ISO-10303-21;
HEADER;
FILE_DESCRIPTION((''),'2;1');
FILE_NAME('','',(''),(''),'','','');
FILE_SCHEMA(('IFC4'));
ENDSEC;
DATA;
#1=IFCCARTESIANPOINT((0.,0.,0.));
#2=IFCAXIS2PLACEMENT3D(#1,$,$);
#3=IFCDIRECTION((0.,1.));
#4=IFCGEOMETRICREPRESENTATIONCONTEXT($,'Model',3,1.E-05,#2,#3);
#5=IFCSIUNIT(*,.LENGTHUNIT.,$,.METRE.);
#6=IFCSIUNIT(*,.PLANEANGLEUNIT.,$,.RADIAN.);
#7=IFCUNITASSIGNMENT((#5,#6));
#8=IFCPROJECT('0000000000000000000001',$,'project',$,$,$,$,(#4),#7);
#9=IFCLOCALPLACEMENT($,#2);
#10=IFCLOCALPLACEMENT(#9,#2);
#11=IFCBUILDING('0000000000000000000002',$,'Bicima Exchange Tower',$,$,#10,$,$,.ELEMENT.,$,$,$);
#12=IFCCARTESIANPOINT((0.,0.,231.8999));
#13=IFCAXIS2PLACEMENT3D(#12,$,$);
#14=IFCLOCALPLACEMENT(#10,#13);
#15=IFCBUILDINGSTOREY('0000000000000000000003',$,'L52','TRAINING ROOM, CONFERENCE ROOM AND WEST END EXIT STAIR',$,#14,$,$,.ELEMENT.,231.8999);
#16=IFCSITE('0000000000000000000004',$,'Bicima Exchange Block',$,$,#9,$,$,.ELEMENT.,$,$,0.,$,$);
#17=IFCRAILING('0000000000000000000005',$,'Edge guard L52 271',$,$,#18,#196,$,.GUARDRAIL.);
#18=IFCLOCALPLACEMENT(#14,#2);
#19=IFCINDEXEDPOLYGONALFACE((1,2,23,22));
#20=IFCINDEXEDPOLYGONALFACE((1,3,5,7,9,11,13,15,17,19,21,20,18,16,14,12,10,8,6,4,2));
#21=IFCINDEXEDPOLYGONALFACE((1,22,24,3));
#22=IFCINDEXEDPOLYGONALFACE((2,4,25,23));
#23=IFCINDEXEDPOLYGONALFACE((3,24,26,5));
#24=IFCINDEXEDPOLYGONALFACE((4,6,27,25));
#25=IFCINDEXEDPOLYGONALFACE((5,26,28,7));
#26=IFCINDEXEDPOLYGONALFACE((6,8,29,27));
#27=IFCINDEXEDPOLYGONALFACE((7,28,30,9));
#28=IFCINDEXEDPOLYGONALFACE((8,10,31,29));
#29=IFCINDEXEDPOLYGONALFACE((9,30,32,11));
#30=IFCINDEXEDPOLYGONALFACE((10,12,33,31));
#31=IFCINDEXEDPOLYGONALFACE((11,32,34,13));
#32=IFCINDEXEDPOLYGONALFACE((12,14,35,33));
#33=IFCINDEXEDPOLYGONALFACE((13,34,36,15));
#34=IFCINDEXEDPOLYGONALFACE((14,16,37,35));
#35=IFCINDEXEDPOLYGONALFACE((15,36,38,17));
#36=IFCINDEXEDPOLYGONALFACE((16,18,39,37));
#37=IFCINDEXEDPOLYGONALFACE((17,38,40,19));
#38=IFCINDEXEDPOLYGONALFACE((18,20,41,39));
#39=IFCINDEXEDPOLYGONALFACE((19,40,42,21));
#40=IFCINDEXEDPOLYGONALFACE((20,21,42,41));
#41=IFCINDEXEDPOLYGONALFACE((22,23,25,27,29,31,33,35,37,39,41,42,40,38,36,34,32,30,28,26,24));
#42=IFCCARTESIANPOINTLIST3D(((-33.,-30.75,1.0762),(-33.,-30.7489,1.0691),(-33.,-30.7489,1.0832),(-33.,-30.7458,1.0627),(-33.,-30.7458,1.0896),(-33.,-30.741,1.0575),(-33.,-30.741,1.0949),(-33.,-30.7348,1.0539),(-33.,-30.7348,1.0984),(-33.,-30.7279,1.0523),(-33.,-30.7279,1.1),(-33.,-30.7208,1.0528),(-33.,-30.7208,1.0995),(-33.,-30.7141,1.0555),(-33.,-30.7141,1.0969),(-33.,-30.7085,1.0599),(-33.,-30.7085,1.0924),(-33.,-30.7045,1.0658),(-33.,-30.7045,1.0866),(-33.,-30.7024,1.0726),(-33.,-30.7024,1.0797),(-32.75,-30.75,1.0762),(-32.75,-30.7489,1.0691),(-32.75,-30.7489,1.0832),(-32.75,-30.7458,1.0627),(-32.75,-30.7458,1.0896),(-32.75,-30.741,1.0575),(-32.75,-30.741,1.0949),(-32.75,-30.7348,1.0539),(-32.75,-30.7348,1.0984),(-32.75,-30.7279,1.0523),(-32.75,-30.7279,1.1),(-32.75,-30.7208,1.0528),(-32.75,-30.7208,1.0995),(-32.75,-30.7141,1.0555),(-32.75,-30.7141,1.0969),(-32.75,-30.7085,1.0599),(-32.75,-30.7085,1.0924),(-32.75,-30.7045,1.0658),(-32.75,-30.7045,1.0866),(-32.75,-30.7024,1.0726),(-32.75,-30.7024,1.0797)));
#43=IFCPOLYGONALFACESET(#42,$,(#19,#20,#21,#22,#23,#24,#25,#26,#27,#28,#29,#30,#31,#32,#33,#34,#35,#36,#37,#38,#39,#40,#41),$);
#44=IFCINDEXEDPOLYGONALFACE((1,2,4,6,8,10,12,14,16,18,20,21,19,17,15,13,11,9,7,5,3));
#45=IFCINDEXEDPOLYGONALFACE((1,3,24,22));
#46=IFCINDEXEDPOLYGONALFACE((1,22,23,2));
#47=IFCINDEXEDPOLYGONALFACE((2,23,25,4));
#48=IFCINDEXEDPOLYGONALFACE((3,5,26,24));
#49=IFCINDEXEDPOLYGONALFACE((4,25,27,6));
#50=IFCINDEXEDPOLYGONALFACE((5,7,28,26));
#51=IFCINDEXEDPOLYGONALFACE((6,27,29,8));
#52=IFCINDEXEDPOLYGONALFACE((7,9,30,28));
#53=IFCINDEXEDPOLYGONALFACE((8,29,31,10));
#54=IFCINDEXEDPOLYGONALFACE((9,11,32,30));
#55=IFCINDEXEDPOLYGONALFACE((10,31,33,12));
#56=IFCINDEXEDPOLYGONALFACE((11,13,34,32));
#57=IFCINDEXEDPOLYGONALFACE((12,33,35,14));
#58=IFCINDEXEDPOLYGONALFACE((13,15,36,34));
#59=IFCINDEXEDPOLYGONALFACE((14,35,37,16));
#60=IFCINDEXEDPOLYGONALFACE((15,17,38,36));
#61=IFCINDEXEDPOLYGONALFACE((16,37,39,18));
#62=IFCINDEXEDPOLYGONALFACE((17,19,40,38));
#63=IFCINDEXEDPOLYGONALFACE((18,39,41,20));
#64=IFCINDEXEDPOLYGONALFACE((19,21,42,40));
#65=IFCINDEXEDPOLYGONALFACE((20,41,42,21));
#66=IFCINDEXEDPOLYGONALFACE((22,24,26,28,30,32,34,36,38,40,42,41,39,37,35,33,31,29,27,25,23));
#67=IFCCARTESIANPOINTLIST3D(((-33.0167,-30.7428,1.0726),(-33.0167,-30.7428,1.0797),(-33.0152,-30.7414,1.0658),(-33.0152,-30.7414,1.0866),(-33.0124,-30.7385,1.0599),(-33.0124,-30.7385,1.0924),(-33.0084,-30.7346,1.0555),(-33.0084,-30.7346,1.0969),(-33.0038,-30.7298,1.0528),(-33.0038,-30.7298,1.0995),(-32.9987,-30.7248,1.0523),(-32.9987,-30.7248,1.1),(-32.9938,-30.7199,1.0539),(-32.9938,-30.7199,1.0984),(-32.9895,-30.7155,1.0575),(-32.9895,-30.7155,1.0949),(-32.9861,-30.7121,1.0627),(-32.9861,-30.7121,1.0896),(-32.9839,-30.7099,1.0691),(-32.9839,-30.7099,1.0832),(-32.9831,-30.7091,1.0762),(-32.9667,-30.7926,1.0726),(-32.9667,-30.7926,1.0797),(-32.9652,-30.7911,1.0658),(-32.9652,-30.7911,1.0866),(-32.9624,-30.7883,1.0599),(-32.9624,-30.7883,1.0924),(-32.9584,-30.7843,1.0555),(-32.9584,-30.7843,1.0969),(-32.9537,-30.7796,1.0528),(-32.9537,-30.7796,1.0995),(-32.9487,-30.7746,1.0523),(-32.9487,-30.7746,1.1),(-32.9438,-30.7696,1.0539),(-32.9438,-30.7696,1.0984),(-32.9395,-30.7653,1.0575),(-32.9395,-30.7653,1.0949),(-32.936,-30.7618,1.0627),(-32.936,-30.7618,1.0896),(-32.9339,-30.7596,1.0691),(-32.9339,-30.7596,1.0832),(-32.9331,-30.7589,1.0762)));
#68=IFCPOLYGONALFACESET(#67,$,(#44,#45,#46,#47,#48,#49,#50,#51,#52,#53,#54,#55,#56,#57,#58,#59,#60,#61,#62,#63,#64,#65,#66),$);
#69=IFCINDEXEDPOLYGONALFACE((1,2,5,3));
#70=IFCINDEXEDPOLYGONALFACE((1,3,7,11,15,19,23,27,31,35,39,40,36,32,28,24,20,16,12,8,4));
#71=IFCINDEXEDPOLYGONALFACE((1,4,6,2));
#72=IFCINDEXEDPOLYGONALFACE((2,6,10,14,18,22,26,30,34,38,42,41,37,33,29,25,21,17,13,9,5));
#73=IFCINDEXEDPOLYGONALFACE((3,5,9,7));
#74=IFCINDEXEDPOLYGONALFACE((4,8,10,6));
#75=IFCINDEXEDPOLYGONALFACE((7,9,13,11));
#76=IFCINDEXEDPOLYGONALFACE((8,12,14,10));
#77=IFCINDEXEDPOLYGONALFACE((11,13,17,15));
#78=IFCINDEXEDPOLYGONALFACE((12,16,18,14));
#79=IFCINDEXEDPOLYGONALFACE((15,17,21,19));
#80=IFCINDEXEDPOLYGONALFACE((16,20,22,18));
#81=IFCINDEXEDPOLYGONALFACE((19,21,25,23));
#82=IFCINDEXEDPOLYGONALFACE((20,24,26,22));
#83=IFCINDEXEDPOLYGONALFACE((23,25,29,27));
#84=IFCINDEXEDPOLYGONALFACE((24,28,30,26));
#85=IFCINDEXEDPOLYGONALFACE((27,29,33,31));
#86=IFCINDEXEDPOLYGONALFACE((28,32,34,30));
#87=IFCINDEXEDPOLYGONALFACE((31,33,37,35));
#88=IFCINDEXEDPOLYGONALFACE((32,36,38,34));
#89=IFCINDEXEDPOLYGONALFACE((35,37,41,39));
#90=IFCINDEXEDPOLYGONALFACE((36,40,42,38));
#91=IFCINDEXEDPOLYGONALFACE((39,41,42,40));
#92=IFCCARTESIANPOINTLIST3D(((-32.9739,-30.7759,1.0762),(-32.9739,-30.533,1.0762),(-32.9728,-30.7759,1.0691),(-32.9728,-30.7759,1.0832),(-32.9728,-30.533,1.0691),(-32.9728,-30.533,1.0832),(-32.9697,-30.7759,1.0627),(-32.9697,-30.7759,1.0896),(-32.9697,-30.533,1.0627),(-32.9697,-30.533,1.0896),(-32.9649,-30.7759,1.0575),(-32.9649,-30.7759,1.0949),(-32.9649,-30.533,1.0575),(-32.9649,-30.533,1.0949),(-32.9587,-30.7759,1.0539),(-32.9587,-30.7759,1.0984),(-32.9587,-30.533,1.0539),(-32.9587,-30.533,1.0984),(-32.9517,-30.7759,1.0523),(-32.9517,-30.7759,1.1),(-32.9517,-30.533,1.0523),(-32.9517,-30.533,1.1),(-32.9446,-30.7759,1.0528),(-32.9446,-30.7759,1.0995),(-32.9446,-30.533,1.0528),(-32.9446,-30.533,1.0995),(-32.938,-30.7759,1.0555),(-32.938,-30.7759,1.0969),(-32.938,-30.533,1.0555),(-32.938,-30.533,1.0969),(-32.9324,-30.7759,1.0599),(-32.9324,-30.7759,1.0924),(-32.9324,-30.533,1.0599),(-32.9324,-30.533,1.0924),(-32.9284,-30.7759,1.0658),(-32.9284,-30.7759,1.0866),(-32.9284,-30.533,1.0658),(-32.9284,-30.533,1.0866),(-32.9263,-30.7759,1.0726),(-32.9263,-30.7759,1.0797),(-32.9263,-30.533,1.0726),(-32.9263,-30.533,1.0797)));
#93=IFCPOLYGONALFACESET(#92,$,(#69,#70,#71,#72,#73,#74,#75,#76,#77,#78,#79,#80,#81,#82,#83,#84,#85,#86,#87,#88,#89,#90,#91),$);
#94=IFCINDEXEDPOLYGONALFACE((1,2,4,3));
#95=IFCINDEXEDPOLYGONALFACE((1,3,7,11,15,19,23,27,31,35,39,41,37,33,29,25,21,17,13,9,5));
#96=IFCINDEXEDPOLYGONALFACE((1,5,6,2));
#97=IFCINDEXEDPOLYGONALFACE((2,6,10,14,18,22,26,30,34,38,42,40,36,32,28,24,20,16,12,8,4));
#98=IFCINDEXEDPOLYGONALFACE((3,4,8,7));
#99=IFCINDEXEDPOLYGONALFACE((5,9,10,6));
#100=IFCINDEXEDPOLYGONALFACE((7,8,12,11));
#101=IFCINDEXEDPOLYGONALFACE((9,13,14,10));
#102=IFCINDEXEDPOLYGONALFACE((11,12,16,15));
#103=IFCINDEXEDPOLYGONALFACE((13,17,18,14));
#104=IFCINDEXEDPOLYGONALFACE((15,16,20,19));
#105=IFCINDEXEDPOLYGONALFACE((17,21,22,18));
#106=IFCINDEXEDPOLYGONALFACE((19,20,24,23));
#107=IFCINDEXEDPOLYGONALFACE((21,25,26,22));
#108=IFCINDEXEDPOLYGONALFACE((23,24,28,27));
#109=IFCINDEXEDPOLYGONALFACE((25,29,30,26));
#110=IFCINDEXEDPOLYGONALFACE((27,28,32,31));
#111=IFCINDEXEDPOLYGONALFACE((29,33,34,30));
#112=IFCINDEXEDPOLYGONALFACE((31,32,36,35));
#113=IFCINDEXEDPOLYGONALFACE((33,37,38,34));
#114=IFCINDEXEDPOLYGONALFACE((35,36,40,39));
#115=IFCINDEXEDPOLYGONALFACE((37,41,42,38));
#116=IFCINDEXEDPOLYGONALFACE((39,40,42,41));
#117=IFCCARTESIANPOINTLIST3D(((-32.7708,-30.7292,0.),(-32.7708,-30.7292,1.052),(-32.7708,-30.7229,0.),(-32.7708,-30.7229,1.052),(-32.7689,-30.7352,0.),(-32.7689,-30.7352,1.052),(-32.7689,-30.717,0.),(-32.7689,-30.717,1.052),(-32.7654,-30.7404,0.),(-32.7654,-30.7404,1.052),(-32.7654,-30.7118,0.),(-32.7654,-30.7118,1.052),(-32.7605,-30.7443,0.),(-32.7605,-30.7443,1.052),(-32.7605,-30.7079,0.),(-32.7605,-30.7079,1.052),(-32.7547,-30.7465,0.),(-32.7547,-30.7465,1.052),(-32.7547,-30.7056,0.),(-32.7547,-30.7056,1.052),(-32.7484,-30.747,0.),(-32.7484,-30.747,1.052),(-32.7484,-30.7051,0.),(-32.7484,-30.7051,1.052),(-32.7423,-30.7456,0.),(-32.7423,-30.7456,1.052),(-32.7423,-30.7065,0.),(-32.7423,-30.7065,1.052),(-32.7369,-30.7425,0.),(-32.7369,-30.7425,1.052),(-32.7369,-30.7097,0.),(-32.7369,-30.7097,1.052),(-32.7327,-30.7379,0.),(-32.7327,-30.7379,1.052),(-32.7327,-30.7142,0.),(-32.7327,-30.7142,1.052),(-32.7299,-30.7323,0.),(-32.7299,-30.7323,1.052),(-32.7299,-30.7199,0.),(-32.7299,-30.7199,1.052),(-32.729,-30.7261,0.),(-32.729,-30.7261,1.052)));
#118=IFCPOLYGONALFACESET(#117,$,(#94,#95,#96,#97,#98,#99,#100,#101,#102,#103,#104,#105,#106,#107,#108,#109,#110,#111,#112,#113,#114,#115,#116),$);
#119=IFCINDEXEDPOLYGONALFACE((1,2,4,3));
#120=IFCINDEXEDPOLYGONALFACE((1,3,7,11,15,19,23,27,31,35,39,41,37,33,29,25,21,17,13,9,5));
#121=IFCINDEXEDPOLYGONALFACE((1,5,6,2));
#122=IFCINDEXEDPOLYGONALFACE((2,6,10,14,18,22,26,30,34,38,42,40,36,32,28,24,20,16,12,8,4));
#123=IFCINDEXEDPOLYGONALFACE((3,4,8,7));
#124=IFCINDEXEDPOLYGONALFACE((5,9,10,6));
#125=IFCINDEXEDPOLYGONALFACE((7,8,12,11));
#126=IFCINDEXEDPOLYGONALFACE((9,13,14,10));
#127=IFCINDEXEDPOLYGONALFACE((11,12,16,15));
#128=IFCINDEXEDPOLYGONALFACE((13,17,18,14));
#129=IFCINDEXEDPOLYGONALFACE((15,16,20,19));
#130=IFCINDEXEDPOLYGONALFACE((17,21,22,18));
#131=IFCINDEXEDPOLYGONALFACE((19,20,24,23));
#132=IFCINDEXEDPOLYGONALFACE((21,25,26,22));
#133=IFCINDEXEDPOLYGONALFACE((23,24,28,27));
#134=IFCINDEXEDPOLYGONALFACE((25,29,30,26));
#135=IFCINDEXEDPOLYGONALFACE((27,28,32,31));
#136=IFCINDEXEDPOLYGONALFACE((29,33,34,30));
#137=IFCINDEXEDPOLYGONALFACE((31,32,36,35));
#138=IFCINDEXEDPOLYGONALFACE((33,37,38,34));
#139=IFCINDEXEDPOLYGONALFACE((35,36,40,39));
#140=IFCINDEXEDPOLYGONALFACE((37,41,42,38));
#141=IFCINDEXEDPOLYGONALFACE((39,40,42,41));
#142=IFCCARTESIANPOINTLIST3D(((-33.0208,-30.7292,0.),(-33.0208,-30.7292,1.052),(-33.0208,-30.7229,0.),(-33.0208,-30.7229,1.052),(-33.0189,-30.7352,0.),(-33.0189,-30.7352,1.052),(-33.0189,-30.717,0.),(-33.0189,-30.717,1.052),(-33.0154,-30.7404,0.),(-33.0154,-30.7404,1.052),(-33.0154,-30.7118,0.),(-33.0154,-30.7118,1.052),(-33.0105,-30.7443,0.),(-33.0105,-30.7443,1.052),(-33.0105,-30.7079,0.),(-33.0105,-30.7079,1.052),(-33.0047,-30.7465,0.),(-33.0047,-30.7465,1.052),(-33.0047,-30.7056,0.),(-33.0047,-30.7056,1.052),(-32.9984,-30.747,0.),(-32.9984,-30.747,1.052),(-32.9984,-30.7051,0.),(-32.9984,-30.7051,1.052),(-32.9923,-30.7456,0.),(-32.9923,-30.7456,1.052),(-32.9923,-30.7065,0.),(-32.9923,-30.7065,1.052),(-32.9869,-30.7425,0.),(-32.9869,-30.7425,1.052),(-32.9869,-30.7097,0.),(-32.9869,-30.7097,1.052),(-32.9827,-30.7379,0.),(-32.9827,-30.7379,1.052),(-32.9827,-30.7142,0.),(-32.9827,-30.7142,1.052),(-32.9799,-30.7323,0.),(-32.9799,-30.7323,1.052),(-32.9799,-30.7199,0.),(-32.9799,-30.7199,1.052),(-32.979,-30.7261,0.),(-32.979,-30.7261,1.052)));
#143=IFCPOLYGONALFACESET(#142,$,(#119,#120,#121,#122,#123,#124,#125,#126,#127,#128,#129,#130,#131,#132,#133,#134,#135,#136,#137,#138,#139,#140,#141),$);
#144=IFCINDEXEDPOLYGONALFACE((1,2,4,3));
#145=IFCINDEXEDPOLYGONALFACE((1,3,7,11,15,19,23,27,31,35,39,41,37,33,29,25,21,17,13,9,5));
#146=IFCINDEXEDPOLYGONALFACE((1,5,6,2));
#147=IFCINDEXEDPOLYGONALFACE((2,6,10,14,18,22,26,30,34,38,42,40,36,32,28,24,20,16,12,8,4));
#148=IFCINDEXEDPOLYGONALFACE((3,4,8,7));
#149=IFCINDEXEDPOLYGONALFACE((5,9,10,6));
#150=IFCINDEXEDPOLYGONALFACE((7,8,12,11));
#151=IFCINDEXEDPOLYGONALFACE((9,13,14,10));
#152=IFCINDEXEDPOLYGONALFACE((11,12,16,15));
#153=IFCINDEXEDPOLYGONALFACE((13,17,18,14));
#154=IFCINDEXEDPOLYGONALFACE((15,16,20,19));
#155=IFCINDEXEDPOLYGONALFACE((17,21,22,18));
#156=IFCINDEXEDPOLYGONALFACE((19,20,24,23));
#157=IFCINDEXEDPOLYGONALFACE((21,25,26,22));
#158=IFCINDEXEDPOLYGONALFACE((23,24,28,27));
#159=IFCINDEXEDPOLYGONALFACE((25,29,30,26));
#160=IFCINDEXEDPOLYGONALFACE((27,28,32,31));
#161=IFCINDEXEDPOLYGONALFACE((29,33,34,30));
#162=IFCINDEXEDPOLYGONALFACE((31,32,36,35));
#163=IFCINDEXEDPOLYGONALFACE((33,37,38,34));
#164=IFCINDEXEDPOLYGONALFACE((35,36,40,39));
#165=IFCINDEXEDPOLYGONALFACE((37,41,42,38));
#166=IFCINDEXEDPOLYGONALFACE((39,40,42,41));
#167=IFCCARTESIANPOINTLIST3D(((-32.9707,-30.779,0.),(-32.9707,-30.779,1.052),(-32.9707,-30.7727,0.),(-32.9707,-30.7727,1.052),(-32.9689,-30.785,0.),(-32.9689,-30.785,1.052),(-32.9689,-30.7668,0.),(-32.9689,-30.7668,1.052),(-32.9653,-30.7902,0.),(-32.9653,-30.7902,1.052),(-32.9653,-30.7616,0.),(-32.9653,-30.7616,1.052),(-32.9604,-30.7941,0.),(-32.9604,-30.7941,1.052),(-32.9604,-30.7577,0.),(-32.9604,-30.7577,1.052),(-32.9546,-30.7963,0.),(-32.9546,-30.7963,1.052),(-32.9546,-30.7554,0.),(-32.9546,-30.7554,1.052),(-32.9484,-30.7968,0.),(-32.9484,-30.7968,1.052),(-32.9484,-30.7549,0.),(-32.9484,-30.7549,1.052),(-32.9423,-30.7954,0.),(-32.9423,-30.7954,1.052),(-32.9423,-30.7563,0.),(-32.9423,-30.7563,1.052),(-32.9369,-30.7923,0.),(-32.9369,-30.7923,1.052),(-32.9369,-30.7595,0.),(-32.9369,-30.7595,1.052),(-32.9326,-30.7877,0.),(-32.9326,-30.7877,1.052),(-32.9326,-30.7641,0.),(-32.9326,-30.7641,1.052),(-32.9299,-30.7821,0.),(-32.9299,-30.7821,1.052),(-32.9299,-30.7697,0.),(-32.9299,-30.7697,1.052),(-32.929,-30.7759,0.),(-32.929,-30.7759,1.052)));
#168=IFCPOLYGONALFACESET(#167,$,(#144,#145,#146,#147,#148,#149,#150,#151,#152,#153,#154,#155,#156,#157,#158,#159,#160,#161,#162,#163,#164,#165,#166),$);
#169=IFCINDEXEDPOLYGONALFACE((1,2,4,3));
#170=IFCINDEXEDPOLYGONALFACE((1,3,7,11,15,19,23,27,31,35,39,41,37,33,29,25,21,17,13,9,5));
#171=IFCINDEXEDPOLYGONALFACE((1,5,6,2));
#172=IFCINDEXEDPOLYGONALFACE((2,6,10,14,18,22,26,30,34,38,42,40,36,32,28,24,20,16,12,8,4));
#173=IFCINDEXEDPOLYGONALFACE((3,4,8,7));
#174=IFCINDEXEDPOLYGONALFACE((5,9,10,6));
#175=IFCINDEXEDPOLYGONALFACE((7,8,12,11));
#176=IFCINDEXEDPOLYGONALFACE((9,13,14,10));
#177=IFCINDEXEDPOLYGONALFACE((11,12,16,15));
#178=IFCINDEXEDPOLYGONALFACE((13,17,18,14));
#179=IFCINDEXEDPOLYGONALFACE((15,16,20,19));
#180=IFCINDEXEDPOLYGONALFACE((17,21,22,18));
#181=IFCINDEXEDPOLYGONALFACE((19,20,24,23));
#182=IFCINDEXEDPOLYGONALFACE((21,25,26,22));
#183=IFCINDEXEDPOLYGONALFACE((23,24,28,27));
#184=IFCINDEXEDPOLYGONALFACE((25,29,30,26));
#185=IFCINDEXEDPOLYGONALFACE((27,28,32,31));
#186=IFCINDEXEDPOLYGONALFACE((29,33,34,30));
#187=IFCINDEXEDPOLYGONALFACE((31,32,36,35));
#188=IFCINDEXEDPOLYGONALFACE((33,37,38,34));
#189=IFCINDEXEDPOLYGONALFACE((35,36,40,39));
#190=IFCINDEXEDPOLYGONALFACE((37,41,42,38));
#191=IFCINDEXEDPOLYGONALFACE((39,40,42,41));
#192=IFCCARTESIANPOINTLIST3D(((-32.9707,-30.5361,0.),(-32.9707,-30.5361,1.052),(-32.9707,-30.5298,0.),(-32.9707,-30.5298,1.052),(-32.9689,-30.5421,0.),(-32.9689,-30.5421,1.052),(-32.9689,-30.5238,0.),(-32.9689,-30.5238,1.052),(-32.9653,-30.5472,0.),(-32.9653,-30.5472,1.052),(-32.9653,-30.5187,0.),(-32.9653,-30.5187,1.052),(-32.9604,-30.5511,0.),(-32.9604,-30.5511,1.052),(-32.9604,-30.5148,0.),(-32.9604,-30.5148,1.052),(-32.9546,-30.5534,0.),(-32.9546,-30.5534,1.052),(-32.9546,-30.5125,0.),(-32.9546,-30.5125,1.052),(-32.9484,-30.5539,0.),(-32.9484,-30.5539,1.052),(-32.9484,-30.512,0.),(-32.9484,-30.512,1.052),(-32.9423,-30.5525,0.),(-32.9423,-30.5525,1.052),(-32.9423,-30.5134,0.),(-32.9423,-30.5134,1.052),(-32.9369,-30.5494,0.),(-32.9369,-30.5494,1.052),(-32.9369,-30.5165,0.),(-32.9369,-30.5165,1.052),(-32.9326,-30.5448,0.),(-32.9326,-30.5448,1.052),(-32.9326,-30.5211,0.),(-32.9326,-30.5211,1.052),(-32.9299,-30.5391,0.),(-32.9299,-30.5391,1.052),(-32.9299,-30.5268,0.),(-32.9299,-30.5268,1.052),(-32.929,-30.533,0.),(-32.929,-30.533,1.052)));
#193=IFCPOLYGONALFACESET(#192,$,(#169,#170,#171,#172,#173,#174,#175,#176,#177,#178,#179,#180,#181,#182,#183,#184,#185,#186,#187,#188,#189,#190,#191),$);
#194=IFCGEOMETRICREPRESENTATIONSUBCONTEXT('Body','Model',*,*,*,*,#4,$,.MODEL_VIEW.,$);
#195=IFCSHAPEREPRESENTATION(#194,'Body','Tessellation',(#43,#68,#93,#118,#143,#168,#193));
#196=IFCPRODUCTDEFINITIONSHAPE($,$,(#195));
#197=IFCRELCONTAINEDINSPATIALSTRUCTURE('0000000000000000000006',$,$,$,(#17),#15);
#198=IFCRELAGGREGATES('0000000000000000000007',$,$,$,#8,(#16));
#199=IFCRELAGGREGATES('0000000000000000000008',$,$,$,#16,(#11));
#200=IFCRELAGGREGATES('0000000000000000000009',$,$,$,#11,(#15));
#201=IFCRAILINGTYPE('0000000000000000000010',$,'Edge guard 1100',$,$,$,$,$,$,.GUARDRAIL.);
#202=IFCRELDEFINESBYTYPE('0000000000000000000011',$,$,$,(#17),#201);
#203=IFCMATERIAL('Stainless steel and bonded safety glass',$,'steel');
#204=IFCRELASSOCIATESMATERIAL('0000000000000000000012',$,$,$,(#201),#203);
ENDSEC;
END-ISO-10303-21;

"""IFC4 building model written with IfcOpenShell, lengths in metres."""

from ifc_helpers import new_model, si_unit, direction, frame, origin, origin_2d, place, context, subcontext, project, spatial, circle, extrude, material, type_object, element, save


model = new_model("IFC4")

# Units and contexts
model_context = context("Model", 3, precision=1e-05, world=origin(), true_north=direction((0.0, 1.0)))
body_context = subcontext(model_context, "Body", "Model", "MODEL_VIEW")
ifc_project = project(units=[si_unit("LENGTHUNIT", "METRE"), si_unit("PLANEANGLEUNIT", "RADIAN")], contexts=[model_context])

# Site, building, storey
site_placement = place(None, origin())
site = spatial("IfcSite", under=ifc_project, at=site_placement, Name="Bicima Exchange Block", CompositionType="ELEMENT", RefElevation=0.0)
building_placement = place(site_placement, origin())
building = spatial("IfcBuilding", under=site, at=building_placement, Name="Bicima Exchange Tower", CompositionType="ELEMENT")
storey_placement = place(building_placement, frame((0.0, 0.0, 231.8999)))
storey = spatial("IfcBuildingStorey", under=building, at=storey_placement, Name="L52", Description="TRAINING ROOM, CONFERENCE ROOM AND WEST END EXIT STAIR", CompositionType="ELEMENT", Elevation=231.8999)

# Railing
ifc_material_1 = material(Name="Stainless steel and bonded safety glass", Category="steel")
railing_type = type_object("IfcRailingType", Name="Edge guard 1100", PredefinedType="GUARDRAIL", material=ifc_material_1)
railing_1_placement = place(storey_placement, frame((-32.75, -30.7261, 0.0)))
element("IfcRailing", 1, at=railing_1_placement, inside=storey, type_object=railing_type, Name="Edge guard L52 271", PredefinedType="GUARDRAIL", context=body_context, shape_type="SweptSolid", body=[
    extrude(circle(Radius=0.0239, at=origin_2d()), frame((0.0, 0.0, 1.0762), z_axis=(-1.0, 0.0, 0.0), x_axis=(0.0, -1.0, 0.0)), (0.0, 0.0, 1.0), 0.25),
    extrude(circle(Radius=0.0239, at=origin_2d()), frame((-0.25, 0.0, 1.0762), z_axis=(0.708834, -0.705376, 0.0), x_axis=(0.705376, 0.708834, 0.0)), (0.0, 0.0, 1.0), 0.0706),
    extrude(circle(Radius=0.0239, at=origin_2d()), frame((-0.2, -0.0498, 1.0762), z_axis=(0.0, 1.0, 0.0), x_axis=(-1.0, 0.0, 0.0)), (0.0, 0.0, 1.0), 0.2429),
    extrude(circle(Radius=0.021, at=origin_2d()), origin(), (0.0, 0.0, 1.0), 1.052),
    extrude(circle(Radius=0.021, at=origin_2d()), frame((-0.25, 0.0, 0.0)), (0.0, 0.0, 1.0), 1.052),
    extrude(circle(Radius=0.021, at=origin_2d()), frame((-0.2, -0.0498, 0.0)), (0.0, 0.0, 1.0), 1.052),
    extrude(circle(Radius=0.021, at=origin_2d()), frame((-0.2, 0.1931, 0.0)), (0.0, 0.0, 1.0), 1.052),
])

save(model, "model.ifc")
